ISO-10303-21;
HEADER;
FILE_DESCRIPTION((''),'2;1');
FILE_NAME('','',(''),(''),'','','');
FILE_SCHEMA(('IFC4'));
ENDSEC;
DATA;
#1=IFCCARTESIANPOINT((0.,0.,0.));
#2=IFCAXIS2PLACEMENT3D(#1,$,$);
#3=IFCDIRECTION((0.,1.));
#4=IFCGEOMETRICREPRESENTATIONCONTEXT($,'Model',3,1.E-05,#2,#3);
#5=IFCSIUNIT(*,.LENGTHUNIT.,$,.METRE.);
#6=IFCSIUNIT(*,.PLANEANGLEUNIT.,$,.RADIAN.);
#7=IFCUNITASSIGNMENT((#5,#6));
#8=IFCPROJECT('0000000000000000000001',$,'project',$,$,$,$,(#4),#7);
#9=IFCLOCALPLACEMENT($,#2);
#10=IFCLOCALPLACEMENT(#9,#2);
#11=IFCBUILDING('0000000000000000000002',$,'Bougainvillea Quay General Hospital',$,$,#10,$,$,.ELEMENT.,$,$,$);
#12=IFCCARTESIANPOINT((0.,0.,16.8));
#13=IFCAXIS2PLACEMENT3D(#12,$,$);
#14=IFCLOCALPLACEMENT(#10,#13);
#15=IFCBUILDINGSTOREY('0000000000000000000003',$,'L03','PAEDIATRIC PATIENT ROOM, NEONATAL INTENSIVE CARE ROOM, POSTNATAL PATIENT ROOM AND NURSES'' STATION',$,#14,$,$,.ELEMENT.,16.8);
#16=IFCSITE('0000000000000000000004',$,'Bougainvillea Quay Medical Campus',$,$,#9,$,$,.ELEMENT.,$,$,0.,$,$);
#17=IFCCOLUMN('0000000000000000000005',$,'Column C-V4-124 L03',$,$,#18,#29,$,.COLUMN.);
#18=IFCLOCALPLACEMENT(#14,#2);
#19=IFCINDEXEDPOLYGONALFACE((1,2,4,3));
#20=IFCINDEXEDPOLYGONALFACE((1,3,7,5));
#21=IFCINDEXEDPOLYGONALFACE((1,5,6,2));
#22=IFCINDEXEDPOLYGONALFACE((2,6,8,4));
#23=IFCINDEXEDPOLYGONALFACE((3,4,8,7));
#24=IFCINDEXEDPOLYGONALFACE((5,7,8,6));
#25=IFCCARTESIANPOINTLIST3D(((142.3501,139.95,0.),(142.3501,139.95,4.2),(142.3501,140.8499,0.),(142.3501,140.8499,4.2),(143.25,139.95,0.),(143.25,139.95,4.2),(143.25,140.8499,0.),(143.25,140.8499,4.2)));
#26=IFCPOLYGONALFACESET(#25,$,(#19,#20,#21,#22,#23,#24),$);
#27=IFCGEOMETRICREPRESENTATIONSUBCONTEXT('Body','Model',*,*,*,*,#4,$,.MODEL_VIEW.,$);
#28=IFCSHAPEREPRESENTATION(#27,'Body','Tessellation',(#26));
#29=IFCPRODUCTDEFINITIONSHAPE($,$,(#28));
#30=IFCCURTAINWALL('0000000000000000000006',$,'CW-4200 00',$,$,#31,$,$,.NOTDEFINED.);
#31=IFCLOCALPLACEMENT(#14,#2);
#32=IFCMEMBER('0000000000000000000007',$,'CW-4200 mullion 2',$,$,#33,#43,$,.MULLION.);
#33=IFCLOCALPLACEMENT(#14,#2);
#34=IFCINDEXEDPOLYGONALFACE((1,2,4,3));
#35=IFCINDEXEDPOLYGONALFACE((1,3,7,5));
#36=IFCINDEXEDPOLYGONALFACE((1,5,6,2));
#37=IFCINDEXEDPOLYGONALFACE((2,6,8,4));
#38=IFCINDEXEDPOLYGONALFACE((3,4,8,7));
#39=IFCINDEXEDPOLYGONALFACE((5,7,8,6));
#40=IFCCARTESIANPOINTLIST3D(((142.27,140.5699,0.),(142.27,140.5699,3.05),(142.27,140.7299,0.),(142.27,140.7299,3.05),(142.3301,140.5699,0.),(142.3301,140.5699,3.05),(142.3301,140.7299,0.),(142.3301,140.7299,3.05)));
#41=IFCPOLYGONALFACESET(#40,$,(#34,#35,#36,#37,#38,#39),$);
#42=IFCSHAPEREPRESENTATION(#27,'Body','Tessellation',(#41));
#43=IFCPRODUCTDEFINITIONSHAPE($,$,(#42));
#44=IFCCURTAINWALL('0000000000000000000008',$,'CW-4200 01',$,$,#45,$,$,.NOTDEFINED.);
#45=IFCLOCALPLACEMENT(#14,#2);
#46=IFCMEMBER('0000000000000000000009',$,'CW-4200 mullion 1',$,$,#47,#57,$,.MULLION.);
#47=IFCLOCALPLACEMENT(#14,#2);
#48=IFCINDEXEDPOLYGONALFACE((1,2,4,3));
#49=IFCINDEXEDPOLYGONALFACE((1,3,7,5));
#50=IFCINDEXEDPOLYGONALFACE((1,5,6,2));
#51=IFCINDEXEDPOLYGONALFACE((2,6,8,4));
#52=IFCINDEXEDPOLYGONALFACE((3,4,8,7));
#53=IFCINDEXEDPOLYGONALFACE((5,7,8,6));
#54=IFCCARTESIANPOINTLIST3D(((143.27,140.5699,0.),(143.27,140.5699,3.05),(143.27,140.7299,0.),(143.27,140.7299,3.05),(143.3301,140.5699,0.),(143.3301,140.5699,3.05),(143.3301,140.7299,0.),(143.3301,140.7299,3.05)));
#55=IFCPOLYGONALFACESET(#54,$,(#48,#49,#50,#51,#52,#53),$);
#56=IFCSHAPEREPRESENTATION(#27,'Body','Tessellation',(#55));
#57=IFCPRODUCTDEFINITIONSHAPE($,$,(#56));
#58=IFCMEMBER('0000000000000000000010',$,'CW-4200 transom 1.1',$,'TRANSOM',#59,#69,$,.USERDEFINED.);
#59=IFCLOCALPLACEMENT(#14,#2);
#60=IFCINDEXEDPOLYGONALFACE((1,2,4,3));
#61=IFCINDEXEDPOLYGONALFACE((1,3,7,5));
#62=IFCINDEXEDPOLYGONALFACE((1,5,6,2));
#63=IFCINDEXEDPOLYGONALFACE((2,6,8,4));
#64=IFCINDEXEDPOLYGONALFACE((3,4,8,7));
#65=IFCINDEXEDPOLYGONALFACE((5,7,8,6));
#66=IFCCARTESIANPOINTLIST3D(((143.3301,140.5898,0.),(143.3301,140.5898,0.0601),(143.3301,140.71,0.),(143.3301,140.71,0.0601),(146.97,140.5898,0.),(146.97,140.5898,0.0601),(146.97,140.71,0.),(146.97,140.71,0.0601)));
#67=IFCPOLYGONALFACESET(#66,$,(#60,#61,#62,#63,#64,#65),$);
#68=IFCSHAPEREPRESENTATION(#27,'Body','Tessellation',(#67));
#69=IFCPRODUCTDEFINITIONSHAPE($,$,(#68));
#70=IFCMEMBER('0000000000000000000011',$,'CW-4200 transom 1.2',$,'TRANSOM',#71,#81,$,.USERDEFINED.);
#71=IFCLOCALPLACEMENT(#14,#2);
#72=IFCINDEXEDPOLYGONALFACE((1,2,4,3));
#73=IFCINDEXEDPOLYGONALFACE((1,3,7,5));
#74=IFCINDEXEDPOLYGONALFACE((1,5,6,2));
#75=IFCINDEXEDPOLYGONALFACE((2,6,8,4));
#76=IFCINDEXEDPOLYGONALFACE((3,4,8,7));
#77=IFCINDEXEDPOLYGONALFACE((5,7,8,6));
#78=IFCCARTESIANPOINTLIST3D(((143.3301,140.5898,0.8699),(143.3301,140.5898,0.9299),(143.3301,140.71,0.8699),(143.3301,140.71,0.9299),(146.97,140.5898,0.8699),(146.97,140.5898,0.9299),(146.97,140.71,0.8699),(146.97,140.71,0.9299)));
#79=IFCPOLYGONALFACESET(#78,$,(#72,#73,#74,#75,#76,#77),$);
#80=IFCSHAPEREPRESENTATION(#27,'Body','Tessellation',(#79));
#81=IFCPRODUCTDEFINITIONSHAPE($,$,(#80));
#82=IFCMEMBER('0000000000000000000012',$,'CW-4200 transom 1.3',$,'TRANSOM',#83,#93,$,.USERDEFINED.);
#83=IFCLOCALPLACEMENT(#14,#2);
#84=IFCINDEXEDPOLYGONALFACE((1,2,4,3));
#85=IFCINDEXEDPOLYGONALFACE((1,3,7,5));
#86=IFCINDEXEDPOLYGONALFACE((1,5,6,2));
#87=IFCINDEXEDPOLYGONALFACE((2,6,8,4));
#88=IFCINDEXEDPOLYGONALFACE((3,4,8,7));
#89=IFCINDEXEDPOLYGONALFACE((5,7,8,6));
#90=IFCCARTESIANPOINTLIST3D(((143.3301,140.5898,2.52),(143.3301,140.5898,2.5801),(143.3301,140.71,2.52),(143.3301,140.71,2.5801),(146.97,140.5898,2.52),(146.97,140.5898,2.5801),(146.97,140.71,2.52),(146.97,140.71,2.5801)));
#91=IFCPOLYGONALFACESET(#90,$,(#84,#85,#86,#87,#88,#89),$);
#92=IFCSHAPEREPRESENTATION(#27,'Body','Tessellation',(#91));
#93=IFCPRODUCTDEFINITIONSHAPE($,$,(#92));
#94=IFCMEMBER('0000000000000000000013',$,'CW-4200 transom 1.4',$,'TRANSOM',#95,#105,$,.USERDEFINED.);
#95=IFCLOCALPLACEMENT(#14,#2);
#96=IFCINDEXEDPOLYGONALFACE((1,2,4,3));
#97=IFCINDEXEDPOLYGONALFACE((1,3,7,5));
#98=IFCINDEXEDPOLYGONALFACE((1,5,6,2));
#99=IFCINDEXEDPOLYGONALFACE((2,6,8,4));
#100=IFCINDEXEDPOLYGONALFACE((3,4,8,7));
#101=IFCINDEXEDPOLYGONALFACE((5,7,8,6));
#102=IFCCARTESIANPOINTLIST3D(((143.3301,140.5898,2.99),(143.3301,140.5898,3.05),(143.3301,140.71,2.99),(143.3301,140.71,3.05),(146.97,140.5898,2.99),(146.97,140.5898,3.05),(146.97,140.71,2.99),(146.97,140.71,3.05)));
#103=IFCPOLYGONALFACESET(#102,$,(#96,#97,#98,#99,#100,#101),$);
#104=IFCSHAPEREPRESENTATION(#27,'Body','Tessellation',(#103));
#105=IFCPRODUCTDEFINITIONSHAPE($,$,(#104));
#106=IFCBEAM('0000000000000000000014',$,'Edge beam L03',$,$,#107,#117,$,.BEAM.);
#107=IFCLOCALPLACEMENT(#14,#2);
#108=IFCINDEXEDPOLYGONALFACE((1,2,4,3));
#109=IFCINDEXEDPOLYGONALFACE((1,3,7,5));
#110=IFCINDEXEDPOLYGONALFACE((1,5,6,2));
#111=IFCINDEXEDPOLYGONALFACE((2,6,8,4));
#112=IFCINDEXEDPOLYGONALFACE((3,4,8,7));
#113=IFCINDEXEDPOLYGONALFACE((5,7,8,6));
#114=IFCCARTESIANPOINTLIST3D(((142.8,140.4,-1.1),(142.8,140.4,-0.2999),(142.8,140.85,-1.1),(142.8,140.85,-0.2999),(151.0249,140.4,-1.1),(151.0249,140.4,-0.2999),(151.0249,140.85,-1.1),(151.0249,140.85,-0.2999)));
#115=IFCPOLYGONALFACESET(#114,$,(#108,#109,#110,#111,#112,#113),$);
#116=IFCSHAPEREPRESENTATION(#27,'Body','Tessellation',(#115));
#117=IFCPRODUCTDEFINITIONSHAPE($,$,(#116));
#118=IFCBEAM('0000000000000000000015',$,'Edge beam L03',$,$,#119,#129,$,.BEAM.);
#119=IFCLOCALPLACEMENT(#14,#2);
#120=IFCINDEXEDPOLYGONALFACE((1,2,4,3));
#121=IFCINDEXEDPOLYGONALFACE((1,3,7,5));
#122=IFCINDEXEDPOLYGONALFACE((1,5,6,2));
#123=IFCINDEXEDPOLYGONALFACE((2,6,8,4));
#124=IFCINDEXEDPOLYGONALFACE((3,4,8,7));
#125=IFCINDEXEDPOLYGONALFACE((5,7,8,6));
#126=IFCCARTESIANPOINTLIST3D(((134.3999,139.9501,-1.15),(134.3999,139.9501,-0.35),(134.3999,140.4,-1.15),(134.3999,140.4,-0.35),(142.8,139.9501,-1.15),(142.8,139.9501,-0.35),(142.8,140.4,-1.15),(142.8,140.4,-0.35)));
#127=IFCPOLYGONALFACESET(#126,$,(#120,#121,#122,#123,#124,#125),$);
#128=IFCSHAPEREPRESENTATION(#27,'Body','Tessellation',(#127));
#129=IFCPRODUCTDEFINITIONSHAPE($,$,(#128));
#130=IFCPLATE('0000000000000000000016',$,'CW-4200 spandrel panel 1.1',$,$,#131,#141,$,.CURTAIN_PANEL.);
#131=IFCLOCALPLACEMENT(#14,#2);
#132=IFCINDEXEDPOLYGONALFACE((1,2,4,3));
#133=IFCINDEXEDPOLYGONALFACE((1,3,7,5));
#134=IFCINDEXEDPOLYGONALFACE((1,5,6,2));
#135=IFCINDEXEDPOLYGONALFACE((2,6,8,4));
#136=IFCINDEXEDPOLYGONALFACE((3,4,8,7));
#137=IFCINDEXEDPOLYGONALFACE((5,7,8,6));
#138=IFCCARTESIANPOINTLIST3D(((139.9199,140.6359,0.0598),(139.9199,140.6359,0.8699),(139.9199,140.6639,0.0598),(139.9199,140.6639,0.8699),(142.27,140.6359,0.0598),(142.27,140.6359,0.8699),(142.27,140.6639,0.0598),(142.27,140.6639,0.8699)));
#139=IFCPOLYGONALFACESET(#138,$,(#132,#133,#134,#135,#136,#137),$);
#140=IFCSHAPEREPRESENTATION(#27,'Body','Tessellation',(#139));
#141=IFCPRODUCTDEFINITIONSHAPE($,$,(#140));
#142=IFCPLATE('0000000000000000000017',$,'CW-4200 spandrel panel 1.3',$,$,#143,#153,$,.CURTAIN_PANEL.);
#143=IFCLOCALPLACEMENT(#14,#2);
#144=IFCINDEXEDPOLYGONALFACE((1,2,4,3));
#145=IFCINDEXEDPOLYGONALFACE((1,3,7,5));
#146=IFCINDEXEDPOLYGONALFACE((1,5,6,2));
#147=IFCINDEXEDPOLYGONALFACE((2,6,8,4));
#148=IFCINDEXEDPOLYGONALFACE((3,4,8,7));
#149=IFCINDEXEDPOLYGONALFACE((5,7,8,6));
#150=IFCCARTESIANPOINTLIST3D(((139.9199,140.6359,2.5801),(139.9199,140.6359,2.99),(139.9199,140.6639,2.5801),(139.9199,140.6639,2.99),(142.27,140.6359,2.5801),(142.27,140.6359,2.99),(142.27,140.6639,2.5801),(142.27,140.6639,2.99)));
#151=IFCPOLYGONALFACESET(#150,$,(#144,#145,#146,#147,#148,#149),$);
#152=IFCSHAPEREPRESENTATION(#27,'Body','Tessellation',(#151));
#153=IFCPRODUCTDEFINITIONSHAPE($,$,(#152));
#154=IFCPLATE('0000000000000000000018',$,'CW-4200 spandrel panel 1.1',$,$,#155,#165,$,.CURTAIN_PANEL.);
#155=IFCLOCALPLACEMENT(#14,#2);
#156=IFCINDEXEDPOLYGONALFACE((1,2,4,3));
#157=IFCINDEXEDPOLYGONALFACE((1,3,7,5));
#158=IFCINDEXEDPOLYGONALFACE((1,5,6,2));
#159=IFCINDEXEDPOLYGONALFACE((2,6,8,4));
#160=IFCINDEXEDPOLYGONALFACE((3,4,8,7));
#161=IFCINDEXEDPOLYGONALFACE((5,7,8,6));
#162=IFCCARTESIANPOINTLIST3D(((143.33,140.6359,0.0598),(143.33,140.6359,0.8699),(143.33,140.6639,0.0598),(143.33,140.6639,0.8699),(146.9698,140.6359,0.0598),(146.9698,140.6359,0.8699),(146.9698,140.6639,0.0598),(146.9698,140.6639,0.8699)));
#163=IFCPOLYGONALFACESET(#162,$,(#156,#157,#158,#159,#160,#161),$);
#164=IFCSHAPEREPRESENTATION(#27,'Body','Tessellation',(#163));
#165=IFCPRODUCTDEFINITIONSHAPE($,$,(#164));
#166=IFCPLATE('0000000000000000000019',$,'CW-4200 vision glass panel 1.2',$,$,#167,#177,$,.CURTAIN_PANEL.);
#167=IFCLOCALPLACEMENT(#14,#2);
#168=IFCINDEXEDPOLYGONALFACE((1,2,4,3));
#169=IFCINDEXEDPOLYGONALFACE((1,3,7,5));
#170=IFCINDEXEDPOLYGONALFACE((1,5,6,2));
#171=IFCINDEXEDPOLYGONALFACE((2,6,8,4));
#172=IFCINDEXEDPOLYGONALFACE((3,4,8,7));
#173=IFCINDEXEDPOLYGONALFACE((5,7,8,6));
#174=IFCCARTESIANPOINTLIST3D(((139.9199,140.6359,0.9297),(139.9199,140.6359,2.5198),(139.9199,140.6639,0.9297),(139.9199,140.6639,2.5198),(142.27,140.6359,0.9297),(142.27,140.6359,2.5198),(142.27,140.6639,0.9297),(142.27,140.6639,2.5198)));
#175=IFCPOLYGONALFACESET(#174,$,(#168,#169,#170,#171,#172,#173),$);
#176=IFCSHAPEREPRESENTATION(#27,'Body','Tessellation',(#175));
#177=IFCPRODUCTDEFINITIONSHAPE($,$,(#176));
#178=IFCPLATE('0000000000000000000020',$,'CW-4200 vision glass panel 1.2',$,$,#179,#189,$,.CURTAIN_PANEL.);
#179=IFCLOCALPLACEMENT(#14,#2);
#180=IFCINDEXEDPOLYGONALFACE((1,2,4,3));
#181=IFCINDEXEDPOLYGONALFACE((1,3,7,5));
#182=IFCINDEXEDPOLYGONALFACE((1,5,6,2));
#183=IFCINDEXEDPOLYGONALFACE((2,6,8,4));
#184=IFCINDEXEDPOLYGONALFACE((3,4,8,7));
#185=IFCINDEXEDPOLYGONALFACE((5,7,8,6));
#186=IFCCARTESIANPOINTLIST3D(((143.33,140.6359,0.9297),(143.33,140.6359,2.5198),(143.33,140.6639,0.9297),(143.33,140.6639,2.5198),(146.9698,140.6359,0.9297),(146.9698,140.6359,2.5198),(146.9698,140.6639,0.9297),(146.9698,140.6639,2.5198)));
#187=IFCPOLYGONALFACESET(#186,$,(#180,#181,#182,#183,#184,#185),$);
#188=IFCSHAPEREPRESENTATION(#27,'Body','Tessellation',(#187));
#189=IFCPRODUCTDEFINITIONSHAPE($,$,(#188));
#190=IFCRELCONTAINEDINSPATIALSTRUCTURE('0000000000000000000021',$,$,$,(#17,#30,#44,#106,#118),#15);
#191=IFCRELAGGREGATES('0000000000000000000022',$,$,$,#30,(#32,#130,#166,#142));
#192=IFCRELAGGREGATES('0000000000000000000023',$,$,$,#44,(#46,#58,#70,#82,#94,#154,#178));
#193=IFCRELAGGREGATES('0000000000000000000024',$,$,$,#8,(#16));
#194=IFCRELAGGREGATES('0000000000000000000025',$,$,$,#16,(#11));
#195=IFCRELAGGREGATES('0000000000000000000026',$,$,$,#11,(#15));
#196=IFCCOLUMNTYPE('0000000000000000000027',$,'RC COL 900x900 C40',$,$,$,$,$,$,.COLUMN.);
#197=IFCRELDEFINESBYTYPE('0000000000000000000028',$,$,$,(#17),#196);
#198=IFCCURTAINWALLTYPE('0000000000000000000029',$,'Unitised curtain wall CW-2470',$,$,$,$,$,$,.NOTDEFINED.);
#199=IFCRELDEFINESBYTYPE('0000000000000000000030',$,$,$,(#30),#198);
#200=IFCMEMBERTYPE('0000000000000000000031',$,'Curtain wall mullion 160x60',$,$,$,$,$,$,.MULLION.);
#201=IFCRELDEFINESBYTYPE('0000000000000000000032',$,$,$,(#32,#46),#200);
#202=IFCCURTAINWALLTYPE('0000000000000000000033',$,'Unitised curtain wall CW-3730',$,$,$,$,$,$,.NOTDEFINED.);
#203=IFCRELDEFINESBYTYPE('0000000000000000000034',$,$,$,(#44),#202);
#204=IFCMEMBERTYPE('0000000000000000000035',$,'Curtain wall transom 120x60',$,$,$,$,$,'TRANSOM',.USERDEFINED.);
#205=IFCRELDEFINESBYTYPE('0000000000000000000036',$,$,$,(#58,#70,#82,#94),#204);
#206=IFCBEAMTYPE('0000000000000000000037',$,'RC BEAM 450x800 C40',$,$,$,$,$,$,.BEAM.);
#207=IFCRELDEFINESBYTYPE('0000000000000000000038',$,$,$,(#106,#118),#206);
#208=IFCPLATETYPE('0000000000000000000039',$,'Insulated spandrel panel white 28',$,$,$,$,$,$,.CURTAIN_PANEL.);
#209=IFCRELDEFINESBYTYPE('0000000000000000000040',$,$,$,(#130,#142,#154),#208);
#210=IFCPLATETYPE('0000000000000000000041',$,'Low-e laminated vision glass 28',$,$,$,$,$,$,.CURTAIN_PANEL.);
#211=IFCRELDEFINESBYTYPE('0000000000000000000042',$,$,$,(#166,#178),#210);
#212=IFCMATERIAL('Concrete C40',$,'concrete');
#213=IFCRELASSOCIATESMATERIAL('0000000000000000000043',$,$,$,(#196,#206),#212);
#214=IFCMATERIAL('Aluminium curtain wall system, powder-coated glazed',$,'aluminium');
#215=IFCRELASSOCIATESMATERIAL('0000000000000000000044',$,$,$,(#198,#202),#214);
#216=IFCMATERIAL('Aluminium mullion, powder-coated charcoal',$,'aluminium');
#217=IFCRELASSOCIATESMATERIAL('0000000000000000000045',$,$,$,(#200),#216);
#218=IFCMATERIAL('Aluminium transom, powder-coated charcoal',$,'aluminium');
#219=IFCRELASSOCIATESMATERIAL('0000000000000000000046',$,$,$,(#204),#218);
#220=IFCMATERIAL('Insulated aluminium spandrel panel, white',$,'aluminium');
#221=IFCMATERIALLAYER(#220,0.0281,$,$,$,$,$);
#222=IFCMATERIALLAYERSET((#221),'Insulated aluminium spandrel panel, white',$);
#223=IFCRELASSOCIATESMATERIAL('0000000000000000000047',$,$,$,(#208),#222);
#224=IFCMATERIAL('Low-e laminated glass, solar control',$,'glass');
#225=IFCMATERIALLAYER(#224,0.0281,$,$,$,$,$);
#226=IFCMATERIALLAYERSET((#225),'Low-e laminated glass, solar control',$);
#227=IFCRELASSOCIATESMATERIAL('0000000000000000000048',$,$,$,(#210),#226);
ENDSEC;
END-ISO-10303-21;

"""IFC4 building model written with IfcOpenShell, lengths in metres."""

from ifc_helpers import new_model, si_unit, direction, frame, origin, origin_2d, place, context, subcontext, project, spatial, rectangle, extrude, material, layer, layer_set, material_profile, profile_set, type_object, element, aggregate, save


model = new_model("IFC4")

# Units and contexts
model_context = context("Model", 3, precision=1e-05, world=origin(), true_north=direction((0.0, 1.0)))
body_context = subcontext(model_context, "Body", "Model", "MODEL_VIEW")
ifc_project = project(units=[si_unit("LENGTHUNIT", "METRE"), si_unit("PLANEANGLEUNIT", "RADIAN")], contexts=[model_context])

# Site, building, storey
site_placement = place(None, origin())
site = spatial("IfcSite", under=ifc_project, at=site_placement, Name="Bougainvillea Quay Medical Campus", CompositionType="ELEMENT", RefElevation=0.0)
building_placement = place(site_placement, origin())
building = spatial("IfcBuilding", under=site, at=building_placement, Name="Bougainvillea Quay General Hospital", CompositionType="ELEMENT")
storey_placement = place(building_placement, frame((0.0, 0.0, 16.8)))
storey = spatial("IfcBuildingStorey", under=building, at=storey_placement, Name="L03", Description="PAEDIATRIC PATIENT ROOM, NEONATAL INTENSIVE CARE ROOM, POSTNATAL PATIENT ROOM AND NURSES' STATION", CompositionType="ELEMENT", Elevation=16.8)

# Column
ifc_material_1 = material(Name="Concrete C40", Category="concrete")
ifc_material_profile_1 = material_profile(ifc_material_1, rectangle(XDim=0.8999, YDim=0.8999, at=origin_2d()))
ifc_profile_set_1 = profile_set([ifc_material_profile_1], Name="Concrete C40")
column_type = type_object("IfcColumnType", Name="RC COL 900x900 C40", PredefinedType="COLUMN", material=ifc_profile_set_1)
column_placement = place(storey_placement, frame((142.8, 140.3999, 0.0), z_axis=(0.0, 0.0, 1.0), x_axis=(1.0, 0.0, 0.0)))
element("IfcColumn", 1, at=column_placement, inside=storey, type_object=column_type, Name="Column C-V4-124 L03", PredefinedType="COLUMN", context=body_context, shape_type="SweptSolid", body=[
    extrude(rectangle(XDim=0.8999, YDim=0.8999, at=origin_2d()), origin(), (0.0, 0.0, 1.0), 4.2),
])

# Curtain wall, member
ifc_material_2 = material(Name="Aluminium curtain wall system, powder-coated glazed", Category="aluminium")
curtain_wall_type_1 = type_object("IfcCurtainWallType", Name="Unitised curtain wall CW-2470", PredefinedType="NOTDEFINED", material=ifc_material_2)
curtain_wall_1_placement = place(storey_placement, origin())
curtain_wall_1 = element("IfcCurtainWall", 2, at=curtain_wall_1_placement, inside=storey, type_object=curtain_wall_type_1, Name="CW-4200 00", PredefinedType="NOTDEFINED")
ifc_material_3 = material(Name="Aluminium mullion, powder-coated charcoal", Category="aluminium")
ifc_material_profile_2 = material_profile(ifc_material_3, rectangle(XDim=0.1599, YDim=0.0601, at=origin_2d()))
ifc_profile_set_2 = profile_set([ifc_material_profile_2], Name="Aluminium mullion, powder-coated charcoal")
member_type_1 = type_object("IfcMemberType", Name="Curtain wall mullion 160x60", PredefinedType="MULLION", material=ifc_profile_set_2)
member_1_placement = place(storey_placement, frame((142.3, 140.6499, 0.0), z_axis=(0.0, 0.0, 1.0), x_axis=(0.0, 1.0, 0.0)))
member_1 = element("IfcMember", 3, at=member_1_placement, type_object=member_type_1, Name="CW-4200 mullion 2", PredefinedType="MULLION", context=body_context, shape_type="SweptSolid", body=[
    extrude(rectangle(XDim=0.1599, YDim=0.0601, at=origin_2d()), origin(), (0.0, 0.0, 1.0), 3.05),
])

# Curtain wall, members
curtain_wall_type_2 = type_object("IfcCurtainWallType", Name="Unitised curtain wall CW-3730", PredefinedType="NOTDEFINED", material=ifc_material_2)
curtain_wall_2_placement = place(storey_placement, origin())
curtain_wall_2 = element("IfcCurtainWall", 4, at=curtain_wall_2_placement, inside=storey, type_object=curtain_wall_type_2, Name="CW-4200 01", PredefinedType="NOTDEFINED")
member_2_placement = place(storey_placement, frame((143.3, 140.6499, 0.0), z_axis=(0.0, 0.0, 1.0), x_axis=(0.0, 1.0, 0.0)))
member_2 = element("IfcMember", 5, at=member_2_placement, type_object=member_type_1, Name="CW-4200 mullion 1", PredefinedType="MULLION", context=body_context, shape_type="SweptSolid", body=[
    extrude(rectangle(XDim=0.1599, YDim=0.0601, at=origin_2d()), origin(), (0.0, 0.0, 1.0), 3.05),
])
ifc_material_4 = material(Name="Aluminium transom, powder-coated charcoal", Category="aluminium")
ifc_material_profile_3 = material_profile(ifc_material_4, rectangle(XDim=0.1201, YDim=0.0601, at=origin_2d()))
ifc_profile_set_3 = profile_set([ifc_material_profile_3], Name="Aluminium transom, powder-coated charcoal")
member_type_2 = type_object("IfcMemberType", Name="Curtain wall transom 120x60", ElementType="TRANSOM", PredefinedType="USERDEFINED", material=ifc_profile_set_3)
member_3_placement = place(storey_placement, frame((143.3301, 140.6499, 0.03), z_axis=(1.0, 0.0, 0.0), x_axis=(0.0, 1.0, 0.0)))
member_3 = element("IfcMember", 6, at=member_3_placement, type_object=member_type_2, Name="CW-4200 transom 1.1", ObjectType="TRANSOM", PredefinedType="USERDEFINED", context=body_context, shape_type="SweptSolid", body=[
    extrude(rectangle(XDim=0.1201, YDim=0.0601, at=origin_2d()), origin(), (0.0, 0.0, 1.0), 3.6399),
])
member_4_placement = place(storey_placement, frame((143.3301, 140.6499, 0.8999), z_axis=(1.0, 0.0, 0.0), x_axis=(0.0, 1.0, 0.0)))
member_4 = element("IfcMember", 7, at=member_4_placement, type_object=member_type_2, Name="CW-4200 transom 1.2", ObjectType="TRANSOM", PredefinedType="USERDEFINED", context=body_context, shape_type="SweptSolid", body=[
    extrude(rectangle(XDim=0.1201, YDim=0.0601, at=origin_2d()), origin(), (0.0, 0.0, 1.0), 3.6399),
])
member_5_placement = place(storey_placement, frame((143.3301, 140.6499, 2.55), z_axis=(1.0, 0.0, 0.0), x_axis=(0.0, 1.0, 0.0)))
member_5 = element("IfcMember", 8, at=member_5_placement, type_object=member_type_2, Name="CW-4200 transom 1.3", ObjectType="TRANSOM", PredefinedType="USERDEFINED", context=body_context, shape_type="SweptSolid", body=[
    extrude(rectangle(XDim=0.1201, YDim=0.0601, at=origin_2d()), origin(), (0.0, 0.0, 1.0), 3.6399),
])
member_6_placement = place(storey_placement, frame((143.3301, 140.6499, 3.02), z_axis=(1.0, 0.0, 0.0), x_axis=(0.0, 1.0, 0.0)))
member_6 = element("IfcMember", 9, at=member_6_placement, type_object=member_type_2, Name="CW-4200 transom 1.4", ObjectType="TRANSOM", PredefinedType="USERDEFINED", context=body_context, shape_type="SweptSolid", body=[
    extrude(rectangle(XDim=0.1201, YDim=0.0601, at=origin_2d()), origin(), (0.0, 0.0, 1.0), 3.6399),
])

# Beams
ifc_material_profile_4 = material_profile(ifc_material_1, rectangle(XDim=0.45, YDim=0.8, at=origin_2d()))
ifc_profile_set_4 = profile_set([ifc_material_profile_4], Name="Concrete C40")
beam_type = type_object("IfcBeamType", Name="RC BEAM 450x800 C40", PredefinedType="BEAM", material=ifc_profile_set_4)
beam_1_placement = place(storey_placement, frame((142.8, 140.625, -0.7), z_axis=(1.0, 0.0, 0.0), x_axis=(0.0, 1.0, 0.0)))
element("IfcBeam", 10, at=beam_1_placement, inside=storey, type_object=beam_type, Name="Edge beam L03", PredefinedType="BEAM", context=body_context, shape_type="SweptSolid", body=[
    extrude(rectangle(XDim=0.45, YDim=0.8, at=origin_2d()), origin(), (0.0, 0.0, 1.0), 8.2249),
])
beam_2_placement = place(storey_placement, frame((142.8, 140.175, -0.75), z_axis=(-1.0, 0.0, 0.0), x_axis=(0.0, -1.0, 0.0)))
element("IfcBeam", 11, at=beam_2_placement, inside=storey, type_object=beam_type, Name="Edge beam L03", PredefinedType="BEAM", context=body_context, shape_type="SweptSolid", body=[
    extrude(rectangle(XDim=0.45, YDim=0.8, at=origin_2d()), origin(), (0.0, 0.0, 1.0), 8.4001),
])

# Plates
ifc_material_5 = material(Name="Insulated aluminium spandrel panel, white", Category="aluminium")
ifc_layer_1 = layer(ifc_material_5, 0.0281)
ifc_layer_set_1 = layer_set([ifc_layer_1], Name="Insulated aluminium spandrel panel, white")
plate_type_1 = type_object("IfcPlateType", Name="Insulated spandrel panel white 28", PredefinedType="CURTAIN_PANEL", material=ifc_layer_set_1)
plate_1_placement = place(storey_placement, frame((141.095, 140.6499, 0.0598), z_axis=(0.0, 0.0, 1.0), x_axis=(1.0, 0.0, 0.0)))
plate_1 = element("IfcPlate", 12, at=plate_1_placement, type_object=plate_type_1, Name="CW-4200 spandrel panel 1.1", PredefinedType="CURTAIN_PANEL", context=body_context, shape_type="SweptSolid", body=[
    extrude(rectangle(XDim=2.3501, YDim=0.0281, at=origin_2d()), origin(), (0.0, 0.0, 1.0), 0.8101),
])
plate_2_placement = place(storey_placement, frame((141.095, 140.6499, 2.5801), z_axis=(0.0, 0.0, 1.0), x_axis=(1.0, 0.0, 0.0)))
plate_2 = element("IfcPlate", 13, at=plate_2_placement, type_object=plate_type_1, Name="CW-4200 spandrel panel 1.3", PredefinedType="CURTAIN_PANEL", context=body_context, shape_type="SweptSolid", body=[
    extrude(rectangle(XDim=2.3501, YDim=0.0281, at=origin_2d()), origin(), (0.0, 0.0, 1.0), 0.4099),
])
plate_3_placement = place(storey_placement, frame((145.1499, 140.6499, 0.0598), z_axis=(0.0, 0.0, 1.0), x_axis=(1.0, 0.0, 0.0)))
plate_3 = element("IfcPlate", 14, at=plate_3_placement, type_object=plate_type_1, Name="CW-4200 spandrel panel 1.1", PredefinedType="CURTAIN_PANEL", context=body_context, shape_type="SweptSolid", body=[
    extrude(rectangle(XDim=3.6399, YDim=0.0281, at=origin_2d()), origin(), (0.0, 0.0, 1.0), 0.8101),
])
ifc_material_6 = material(Name="Low-e laminated glass, solar control", Category="glass")
ifc_layer_2 = layer(ifc_material_6, 0.0281)
ifc_layer_set_2 = layer_set([ifc_layer_2], Name="Low-e laminated glass, solar control")
plate_type_2 = type_object("IfcPlateType", Name="Low-e laminated vision glass 28", PredefinedType="CURTAIN_PANEL", material=ifc_layer_set_2)
plate_4_placement = place(storey_placement, frame((141.095, 140.6499, 0.9297), z_axis=(0.0, 0.0, 1.0), x_axis=(1.0, 0.0, 0.0)))
plate_4 = element("IfcPlate", 15, at=plate_4_placement, type_object=plate_type_2, Name="CW-4200 vision glass panel 1.2", PredefinedType="CURTAIN_PANEL", context=body_context, shape_type="SweptSolid", body=[
    extrude(rectangle(XDim=2.3501, YDim=0.0281, at=origin_2d()), origin(), (0.0, 0.0, 1.0), 1.5901),
])
aggregate(curtain_wall_1, [member_1, plate_1, plate_4, plate_2])
plate_5_placement = place(storey_placement, frame((145.1499, 140.6499, 0.9297), z_axis=(0.0, 0.0, 1.0), x_axis=(1.0, 0.0, 0.0)))
plate_5 = element("IfcPlate", 16, at=plate_5_placement, type_object=plate_type_2, Name="CW-4200 vision glass panel 1.2", PredefinedType="CURTAIN_PANEL", context=body_context, shape_type="SweptSolid", body=[
    extrude(rectangle(XDim=3.6399, YDim=0.0281, at=origin_2d()), origin(), (0.0, 0.0, 1.0), 1.5901),
])
aggregate(curtain_wall_2, [member_2, member_3, member_4, member_5, member_6, plate_3, plate_5])

save(model, "model.ifc")
